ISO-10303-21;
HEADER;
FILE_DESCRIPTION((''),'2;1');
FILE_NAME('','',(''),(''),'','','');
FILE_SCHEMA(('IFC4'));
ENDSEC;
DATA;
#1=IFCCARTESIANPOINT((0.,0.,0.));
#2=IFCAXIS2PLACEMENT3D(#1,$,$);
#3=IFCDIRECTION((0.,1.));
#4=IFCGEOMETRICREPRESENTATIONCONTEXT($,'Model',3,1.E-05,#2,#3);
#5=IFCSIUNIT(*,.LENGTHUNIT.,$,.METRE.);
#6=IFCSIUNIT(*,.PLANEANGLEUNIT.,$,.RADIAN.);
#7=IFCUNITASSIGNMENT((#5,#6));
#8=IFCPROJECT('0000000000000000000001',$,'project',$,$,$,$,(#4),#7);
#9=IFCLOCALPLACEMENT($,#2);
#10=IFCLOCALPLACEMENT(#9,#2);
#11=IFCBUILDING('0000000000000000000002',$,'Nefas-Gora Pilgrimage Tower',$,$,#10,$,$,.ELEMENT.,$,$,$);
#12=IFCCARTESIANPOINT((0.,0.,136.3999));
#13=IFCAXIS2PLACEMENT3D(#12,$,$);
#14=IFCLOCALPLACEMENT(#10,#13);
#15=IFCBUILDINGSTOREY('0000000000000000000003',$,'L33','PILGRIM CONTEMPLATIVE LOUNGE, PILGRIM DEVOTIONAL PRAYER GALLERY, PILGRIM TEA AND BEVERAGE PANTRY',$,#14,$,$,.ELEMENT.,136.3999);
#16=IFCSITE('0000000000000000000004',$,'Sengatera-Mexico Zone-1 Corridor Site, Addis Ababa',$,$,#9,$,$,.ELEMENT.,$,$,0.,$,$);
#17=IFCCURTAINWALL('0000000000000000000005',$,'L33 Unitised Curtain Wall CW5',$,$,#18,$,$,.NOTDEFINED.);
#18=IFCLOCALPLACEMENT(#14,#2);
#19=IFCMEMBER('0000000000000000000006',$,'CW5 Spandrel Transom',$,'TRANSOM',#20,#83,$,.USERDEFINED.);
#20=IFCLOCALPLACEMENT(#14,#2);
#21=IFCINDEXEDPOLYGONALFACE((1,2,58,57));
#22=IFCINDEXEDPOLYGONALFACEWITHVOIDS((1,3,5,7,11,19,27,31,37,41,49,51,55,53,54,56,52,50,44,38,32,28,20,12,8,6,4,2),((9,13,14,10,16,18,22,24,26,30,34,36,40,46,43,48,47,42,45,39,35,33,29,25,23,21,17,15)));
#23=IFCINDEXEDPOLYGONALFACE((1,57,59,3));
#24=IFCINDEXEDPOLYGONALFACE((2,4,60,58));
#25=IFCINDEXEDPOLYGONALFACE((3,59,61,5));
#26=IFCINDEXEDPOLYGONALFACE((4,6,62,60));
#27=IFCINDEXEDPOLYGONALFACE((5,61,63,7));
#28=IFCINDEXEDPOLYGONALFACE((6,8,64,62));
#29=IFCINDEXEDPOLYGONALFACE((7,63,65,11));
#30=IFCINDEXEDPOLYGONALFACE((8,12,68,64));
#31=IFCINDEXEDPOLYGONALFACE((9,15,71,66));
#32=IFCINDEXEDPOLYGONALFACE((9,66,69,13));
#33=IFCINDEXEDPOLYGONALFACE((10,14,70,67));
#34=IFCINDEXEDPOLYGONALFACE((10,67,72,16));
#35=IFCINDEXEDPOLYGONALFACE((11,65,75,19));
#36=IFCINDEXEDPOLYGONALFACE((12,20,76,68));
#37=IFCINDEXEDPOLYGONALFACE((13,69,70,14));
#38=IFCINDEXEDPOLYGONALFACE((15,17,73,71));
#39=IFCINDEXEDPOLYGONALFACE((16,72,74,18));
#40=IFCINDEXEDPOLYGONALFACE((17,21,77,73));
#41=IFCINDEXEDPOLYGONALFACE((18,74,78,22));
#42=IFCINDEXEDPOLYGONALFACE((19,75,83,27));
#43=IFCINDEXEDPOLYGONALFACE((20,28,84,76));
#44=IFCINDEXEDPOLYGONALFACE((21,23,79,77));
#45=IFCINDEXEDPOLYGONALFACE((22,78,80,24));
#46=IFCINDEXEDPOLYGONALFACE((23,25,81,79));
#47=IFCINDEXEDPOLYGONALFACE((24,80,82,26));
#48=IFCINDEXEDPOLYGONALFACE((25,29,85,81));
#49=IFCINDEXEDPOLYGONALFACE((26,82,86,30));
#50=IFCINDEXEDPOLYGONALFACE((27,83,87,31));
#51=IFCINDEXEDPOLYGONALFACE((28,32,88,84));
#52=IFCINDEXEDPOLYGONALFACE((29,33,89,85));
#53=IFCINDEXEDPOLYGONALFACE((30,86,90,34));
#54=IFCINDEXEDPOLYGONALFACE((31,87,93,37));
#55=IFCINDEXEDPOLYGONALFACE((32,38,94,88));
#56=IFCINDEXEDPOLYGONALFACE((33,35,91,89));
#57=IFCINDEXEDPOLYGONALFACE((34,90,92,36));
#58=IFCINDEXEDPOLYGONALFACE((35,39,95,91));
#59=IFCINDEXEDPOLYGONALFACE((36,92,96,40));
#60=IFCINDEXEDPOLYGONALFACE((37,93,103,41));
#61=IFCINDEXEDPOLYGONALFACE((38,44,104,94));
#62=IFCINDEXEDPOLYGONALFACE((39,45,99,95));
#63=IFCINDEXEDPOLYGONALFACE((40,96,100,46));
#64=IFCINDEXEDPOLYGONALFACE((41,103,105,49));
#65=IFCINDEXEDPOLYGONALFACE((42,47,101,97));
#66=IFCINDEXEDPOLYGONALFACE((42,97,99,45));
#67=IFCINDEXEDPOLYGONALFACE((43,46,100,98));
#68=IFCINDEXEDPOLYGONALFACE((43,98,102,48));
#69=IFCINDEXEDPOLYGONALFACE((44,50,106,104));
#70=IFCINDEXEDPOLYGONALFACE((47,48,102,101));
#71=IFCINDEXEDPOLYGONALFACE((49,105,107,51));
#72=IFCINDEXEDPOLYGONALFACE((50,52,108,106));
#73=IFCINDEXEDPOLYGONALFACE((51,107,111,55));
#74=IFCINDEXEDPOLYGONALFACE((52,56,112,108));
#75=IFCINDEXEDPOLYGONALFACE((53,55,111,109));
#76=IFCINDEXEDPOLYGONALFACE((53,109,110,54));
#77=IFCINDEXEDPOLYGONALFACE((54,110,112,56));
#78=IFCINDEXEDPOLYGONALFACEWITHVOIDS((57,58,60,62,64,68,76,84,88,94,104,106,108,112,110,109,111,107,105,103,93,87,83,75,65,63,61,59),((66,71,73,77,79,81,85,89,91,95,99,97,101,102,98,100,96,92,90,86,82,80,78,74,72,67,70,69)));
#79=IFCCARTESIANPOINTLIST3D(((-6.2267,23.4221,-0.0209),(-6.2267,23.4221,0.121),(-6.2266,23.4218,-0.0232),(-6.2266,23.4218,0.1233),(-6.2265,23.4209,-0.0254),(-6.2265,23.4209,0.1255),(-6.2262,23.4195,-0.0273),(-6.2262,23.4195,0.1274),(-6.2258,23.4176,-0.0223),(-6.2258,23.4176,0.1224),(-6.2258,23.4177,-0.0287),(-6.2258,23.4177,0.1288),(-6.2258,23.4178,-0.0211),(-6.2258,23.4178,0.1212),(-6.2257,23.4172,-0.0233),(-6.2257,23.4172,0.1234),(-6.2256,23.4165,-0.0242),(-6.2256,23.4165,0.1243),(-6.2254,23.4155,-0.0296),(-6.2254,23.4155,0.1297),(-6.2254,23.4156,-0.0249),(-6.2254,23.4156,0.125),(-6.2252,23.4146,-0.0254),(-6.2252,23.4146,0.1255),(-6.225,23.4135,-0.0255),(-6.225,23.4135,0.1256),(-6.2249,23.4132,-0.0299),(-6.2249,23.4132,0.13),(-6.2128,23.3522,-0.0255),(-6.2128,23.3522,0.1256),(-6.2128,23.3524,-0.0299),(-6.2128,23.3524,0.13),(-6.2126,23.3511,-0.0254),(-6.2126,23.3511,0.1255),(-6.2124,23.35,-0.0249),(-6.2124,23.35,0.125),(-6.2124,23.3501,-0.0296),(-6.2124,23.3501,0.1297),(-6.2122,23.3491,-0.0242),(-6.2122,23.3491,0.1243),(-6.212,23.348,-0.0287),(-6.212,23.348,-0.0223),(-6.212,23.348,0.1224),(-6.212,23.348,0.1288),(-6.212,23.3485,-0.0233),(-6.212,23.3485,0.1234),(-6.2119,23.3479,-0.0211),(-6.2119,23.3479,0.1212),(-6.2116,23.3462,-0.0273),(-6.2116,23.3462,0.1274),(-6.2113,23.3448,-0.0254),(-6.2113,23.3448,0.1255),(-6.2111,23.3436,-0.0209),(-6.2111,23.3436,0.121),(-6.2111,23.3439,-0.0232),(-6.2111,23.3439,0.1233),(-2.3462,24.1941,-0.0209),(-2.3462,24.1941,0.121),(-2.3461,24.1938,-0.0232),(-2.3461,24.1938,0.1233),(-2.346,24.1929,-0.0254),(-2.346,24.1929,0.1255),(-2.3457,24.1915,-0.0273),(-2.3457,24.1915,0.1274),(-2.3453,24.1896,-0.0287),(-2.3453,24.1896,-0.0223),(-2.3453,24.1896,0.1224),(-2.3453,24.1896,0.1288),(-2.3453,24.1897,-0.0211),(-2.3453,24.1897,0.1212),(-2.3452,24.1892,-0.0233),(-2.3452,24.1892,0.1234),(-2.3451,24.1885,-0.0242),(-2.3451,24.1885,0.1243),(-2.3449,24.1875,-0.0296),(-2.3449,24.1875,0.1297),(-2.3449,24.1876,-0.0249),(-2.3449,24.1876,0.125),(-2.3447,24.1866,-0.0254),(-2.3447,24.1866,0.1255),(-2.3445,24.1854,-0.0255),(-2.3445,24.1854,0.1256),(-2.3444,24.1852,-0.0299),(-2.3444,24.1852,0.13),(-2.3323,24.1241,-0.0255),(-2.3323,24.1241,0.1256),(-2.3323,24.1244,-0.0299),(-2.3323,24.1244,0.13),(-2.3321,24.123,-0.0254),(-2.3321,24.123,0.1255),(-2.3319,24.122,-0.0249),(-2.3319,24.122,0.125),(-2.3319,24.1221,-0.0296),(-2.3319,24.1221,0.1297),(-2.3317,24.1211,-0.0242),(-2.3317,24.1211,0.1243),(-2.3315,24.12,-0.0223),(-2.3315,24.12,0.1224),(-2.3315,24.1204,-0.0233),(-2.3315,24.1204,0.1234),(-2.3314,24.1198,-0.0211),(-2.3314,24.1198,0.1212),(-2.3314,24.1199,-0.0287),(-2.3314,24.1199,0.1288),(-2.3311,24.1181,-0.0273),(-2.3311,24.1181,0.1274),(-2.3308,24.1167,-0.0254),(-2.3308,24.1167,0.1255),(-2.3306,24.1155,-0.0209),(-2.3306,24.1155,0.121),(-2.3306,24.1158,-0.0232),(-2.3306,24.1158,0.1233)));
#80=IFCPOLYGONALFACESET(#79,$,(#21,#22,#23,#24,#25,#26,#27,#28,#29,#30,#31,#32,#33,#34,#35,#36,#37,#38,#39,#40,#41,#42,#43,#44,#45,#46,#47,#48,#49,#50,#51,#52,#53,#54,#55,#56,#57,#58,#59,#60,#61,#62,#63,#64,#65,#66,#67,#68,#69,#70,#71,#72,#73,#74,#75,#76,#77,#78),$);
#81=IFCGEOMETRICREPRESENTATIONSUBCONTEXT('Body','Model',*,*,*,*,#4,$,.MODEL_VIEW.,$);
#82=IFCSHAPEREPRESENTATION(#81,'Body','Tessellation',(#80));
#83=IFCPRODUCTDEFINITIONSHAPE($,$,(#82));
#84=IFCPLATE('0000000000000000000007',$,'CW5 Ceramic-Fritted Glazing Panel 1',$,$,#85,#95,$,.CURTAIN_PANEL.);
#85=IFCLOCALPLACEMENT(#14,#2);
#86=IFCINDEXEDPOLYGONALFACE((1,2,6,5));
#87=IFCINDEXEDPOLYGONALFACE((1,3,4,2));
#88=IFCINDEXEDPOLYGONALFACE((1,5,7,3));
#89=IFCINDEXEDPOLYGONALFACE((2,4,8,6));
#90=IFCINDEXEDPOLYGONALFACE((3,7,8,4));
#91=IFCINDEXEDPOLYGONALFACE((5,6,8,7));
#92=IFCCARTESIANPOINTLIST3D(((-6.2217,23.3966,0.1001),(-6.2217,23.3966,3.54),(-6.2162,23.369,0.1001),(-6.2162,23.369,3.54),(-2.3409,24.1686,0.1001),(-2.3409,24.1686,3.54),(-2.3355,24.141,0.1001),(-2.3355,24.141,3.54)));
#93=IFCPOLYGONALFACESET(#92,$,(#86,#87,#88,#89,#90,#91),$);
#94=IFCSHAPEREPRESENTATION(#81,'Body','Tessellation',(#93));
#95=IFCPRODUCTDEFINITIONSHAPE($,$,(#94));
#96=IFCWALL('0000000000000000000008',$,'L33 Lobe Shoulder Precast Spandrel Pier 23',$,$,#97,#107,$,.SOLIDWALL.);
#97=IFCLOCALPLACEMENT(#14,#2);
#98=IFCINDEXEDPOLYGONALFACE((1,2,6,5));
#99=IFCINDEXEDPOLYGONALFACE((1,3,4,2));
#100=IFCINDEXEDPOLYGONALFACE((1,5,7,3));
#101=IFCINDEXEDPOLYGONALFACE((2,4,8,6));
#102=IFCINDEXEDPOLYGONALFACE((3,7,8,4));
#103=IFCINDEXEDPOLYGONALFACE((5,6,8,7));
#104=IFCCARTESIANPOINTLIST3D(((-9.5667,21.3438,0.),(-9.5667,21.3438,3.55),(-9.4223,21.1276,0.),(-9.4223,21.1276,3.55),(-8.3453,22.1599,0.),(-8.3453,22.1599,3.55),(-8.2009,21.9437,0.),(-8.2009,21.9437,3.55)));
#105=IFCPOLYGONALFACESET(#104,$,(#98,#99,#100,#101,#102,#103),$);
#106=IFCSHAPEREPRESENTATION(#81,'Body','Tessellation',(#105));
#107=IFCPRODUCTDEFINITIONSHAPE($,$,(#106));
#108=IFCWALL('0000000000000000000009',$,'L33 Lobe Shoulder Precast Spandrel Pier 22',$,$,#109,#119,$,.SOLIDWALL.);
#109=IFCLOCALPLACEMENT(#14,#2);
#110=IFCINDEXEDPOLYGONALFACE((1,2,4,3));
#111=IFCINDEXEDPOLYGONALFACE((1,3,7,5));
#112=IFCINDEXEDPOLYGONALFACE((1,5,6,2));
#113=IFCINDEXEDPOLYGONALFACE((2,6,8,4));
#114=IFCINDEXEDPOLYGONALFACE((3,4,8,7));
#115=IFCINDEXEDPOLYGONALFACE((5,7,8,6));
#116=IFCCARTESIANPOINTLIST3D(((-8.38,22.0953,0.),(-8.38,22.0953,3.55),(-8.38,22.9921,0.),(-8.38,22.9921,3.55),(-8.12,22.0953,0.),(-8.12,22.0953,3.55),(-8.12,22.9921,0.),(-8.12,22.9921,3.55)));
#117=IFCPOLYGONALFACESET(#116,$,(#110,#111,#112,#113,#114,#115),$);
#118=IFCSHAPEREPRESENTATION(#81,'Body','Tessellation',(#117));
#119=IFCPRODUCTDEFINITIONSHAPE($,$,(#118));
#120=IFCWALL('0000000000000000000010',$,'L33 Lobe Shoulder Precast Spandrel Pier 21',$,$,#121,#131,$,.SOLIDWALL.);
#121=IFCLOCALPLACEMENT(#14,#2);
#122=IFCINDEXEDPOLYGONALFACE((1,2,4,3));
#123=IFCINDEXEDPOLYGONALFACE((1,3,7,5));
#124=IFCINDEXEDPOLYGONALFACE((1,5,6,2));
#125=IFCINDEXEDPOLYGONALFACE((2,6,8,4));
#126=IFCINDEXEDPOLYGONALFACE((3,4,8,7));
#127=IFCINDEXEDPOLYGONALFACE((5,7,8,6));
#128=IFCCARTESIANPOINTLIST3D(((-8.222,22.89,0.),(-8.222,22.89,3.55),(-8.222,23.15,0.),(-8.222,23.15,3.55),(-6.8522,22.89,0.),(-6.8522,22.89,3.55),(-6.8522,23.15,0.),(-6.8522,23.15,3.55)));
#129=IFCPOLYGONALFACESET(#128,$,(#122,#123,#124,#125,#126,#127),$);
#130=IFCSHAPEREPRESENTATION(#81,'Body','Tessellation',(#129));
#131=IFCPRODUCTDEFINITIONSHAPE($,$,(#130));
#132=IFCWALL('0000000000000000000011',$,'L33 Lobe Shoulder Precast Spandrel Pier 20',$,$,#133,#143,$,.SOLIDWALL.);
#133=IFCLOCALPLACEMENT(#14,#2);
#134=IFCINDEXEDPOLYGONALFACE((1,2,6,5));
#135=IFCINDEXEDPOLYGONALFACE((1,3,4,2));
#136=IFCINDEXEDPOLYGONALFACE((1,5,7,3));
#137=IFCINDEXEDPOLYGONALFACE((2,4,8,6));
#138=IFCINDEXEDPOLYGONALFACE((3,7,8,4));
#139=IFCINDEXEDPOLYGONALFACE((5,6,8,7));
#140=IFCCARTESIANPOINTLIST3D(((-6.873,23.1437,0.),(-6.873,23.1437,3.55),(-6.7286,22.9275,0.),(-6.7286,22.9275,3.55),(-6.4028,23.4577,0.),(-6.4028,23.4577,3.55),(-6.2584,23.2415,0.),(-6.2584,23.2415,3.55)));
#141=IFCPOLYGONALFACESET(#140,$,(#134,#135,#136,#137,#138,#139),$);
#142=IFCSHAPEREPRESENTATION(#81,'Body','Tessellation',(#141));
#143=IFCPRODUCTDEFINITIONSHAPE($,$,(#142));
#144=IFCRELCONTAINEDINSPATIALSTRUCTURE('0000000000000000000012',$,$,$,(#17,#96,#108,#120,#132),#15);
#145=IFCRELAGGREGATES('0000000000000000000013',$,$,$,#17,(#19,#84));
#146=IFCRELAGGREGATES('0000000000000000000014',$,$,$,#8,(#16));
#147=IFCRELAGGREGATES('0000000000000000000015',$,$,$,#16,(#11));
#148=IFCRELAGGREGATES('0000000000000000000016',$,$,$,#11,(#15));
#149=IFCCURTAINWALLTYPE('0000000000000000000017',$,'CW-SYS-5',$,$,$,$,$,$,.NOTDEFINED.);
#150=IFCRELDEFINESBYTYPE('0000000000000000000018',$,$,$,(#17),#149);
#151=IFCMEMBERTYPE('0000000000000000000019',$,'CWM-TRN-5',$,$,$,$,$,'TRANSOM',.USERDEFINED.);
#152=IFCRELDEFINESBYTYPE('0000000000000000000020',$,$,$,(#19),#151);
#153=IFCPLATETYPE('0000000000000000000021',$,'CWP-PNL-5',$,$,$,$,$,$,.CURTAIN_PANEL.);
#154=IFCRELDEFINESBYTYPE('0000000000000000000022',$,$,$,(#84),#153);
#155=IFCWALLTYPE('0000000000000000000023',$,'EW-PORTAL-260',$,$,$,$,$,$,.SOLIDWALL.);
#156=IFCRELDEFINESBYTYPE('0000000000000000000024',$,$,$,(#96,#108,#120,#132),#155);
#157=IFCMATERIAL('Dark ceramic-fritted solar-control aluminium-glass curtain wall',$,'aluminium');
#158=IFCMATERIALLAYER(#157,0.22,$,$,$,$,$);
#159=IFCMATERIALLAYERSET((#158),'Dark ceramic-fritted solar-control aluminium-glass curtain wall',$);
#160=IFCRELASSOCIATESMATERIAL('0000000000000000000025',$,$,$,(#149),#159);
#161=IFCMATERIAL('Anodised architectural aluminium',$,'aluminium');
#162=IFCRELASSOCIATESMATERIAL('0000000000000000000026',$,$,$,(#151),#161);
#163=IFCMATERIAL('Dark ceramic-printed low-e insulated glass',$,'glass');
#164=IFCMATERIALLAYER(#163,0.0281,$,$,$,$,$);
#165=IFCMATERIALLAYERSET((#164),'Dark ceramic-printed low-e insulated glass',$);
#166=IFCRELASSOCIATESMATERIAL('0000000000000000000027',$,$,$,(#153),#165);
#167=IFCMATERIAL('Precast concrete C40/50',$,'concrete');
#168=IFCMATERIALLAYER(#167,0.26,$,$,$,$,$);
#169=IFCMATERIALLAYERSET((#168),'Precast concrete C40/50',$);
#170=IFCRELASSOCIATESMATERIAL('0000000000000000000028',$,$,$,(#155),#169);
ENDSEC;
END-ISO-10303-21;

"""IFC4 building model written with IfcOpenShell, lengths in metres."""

from ifc_helpers import new_model, si_unit, direction, frame, frame_2d, origin, origin_2d, place, context, subcontext, project, spatial, rectangle, hollow_rectangle, extrude, source, transform, mapped, material, layer, layer_set, material_profile, profile_set, type_object, element, aggregate, save


model = new_model("IFC4")

# Units and contexts
model_context = context("Model", 3, precision=1e-05, world=origin(), true_north=direction((0.0, 1.0)))
body_context = subcontext(model_context, "Body", "Model", "MODEL_VIEW")
ifc_project = project(units=[si_unit("LENGTHUNIT", "METRE"), si_unit("PLANEANGLEUNIT", "RADIAN")], contexts=[model_context])

# Site, building, storey
site_placement = place(None, origin())
site = spatial("IfcSite", under=ifc_project, at=site_placement, Name="Sengatera-Mexico Zone-1 Corridor Site, Addis Ababa", CompositionType="ELEMENT", RefElevation=0.0)
building_placement = place(site_placement, origin())
building = spatial("IfcBuilding", under=site, at=building_placement, Name="Nefas-Gora Pilgrimage Tower", CompositionType="ELEMENT")
storey_placement = place(building_placement, frame((0.0, 0.0, 136.3999)))
storey = spatial("IfcBuildingStorey", under=building, at=storey_placement, Name="L33", Description="PILGRIM CONTEMPLATIVE LOUNGE, PILGRIM DEVOTIONAL PRAYER GALLERY, PILGRIM TEA AND BEVERAGE PANTRY", CompositionType="ELEMENT", Elevation=136.3999)

# Curtain wall
ifc_material_1 = material(Name="Dark ceramic-fritted solar-control aluminium-glass curtain wall", Category="aluminium")
ifc_layer_1 = layer(ifc_material_1, 0.22)
ifc_layer_set_1 = layer_set([ifc_layer_1], Name="Dark ceramic-fritted solar-control aluminium-glass curtain wall")
curtain_wall_type = type_object("IfcCurtainWallType", Name="CW-SYS-5", PredefinedType="NOTDEFINED", material=ifc_layer_set_1)
curtain_wall_1_placement = place(storey_placement, origin())
curtain_wall_1 = element("IfcCurtainWall", 1, at=curtain_wall_1_placement, inside=storey, type_object=curtain_wall_type, Name="L33 Unitised Curtain Wall CW5", PredefinedType="NOTDEFINED")
ifc_material_2 = material(Name="Anodised architectural aluminium", Category="aluminium")
ifc_material_profile_1 = material_profile(ifc_material_2, hollow_rectangle(XDim=0.0801, YDim=0.1599, WallThickness=0.0044, InnerFilletRadius=0.0044, OuterFilletRadius=0.009, at=origin_2d()), Name="ALU TRANSOM 80x160")
ifc_profile_set_1 = profile_set([ifc_material_profile_1], Name="Anodised architectural aluminium")
member_type_1 = type_object("IfcMemberType", Name="CWM-TRN-5", ElementType="TRANSOM", PredefinedType="USERDEFINED", material=ifc_profile_set_1)

# Member
shared_shape_1 = source(origin(), body_context, "Body", "SweptSolid", [
    extrude(hollow_rectangle(XDim=0.0801, YDim=0.1599, WallThickness=0.0044, InnerFilletRadius=0.0044, OuterFilletRadius=0.009, at=origin_2d()), origin(), (0.0, 0.0, 1.0), 3.9565),
])
member_1_placement = place(storey_placement, frame((-2.3384, 24.1548, 0.05), z_axis=(-0.980782, -0.195107, 0.0), x_axis=(0.195107, -0.980782, 0.0)))
member_1 = element("IfcMember", 2, at=member_1_placement, type_object=member_type_1, Name="CW5 Spandrel Transom", ObjectType="TRANSOM", PredefinedType="USERDEFINED", context=body_context, shape_type="MappedRepresentation", body=[
    mapped(shared_shape_1, transform((0.0, 0.0, 0.0), x_axis=(1.0, 0.0, 0.0), y_axis=(0.0, 1.0, 0.0), z_axis=(0.0, 0.0, 1.0), scale=1.0)),
])

# Plate
ifc_material_3 = material(Name="Dark ceramic-printed low-e insulated glass", Category="glass")
ifc_layer_2 = layer(ifc_material_3, 0.0281)
ifc_layer_set_2 = layer_set([ifc_layer_2], Name="Dark ceramic-printed low-e insulated glass")
plate_type = type_object("IfcPlateType", Name="CWP-PNL-5", PredefinedType="CURTAIN_PANEL", material=ifc_layer_set_2)
shared_shape_2 = source(origin(), body_context, "Body", "SweptSolid", [
    extrude(rectangle(XDim=3.9568, YDim=0.0281, at=origin_2d()), origin(), (0.0, 0.0, 1.0), 3.4399),
])
plate_placement = place(storey_placement, frame((-4.2786, 23.7688, 0.1001), z_axis=(0.0, 0.0, 1.0), x_axis=(-0.980783, -0.195102, 0.0)))
plate = element("IfcPlate", 3, at=plate_placement, type_object=plate_type, Name="CW5 Ceramic-Fritted Glazing Panel 1", PredefinedType="CURTAIN_PANEL", context=body_context, shape_type="MappedRepresentation", body=[
    mapped(shared_shape_2, transform((0.0, 0.0, 0.0), x_axis=(1.0, 0.0, 0.0), y_axis=(0.0, 1.0, 0.0), z_axis=(0.0, 0.0, 1.0), scale=1.0)),
])
aggregate(curtain_wall_1, [member_1, plate])

# Walls
ifc_material_4 = material(Name="Precast concrete C40/50", Category="concrete")
ifc_layer_3 = layer(ifc_material_4, 0.26)
ifc_layer_set_3 = layer_set([ifc_layer_3], Name="Precast concrete C40/50")
wall_type = type_object("IfcWallType", Name="EW-PORTAL-260", PredefinedType="SOLIDWALL", material=ifc_layer_set_3)
shared_shape_3 = source(origin(), body_context, "Body", "SweptSolid", [
    extrude(rectangle(XDim=1.469, YDim=0.26, at=frame_2d((0.7344, 0.0))), origin(), (0.0, 0.0, 1.0), 3.55),
])
wall_1_placement = place(storey_placement, frame((-8.2732, 22.0518, 0.0), z_axis=(0.0, 0.0, 1.0), x_axis=(-0.831462, -0.555582, 0.0)))
element("IfcWall", 4, at=wall_1_placement, inside=storey, type_object=wall_type, Name="L33 Lobe Shoulder Precast Spandrel Pier 23", PredefinedType="SOLIDWALL", context=body_context, shape_type="MappedRepresentation", body=[
    mapped(shared_shape_3, transform((0.0, 0.0, 0.0), x_axis=(1.0, 0.0, 0.0), y_axis=(0.0, 1.0, 0.0), z_axis=(0.0, 0.0, 1.0), scale=1.0)),
])
shared_shape_4 = source(origin(), body_context, "Body", "SweptSolid", [
    extrude(rectangle(XDim=0.8967, YDim=0.26, at=frame_2d((0.4482, 0.0))), origin(), (0.0, 0.0, 1.0), 3.55),
])
wall_2_placement = place(storey_placement, frame((-8.25, 22.9919, 0.0), z_axis=(0.0, 0.0, 1.0), x_axis=(0.0, -1.0, 0.0)))
element("IfcWall", 5, at=wall_2_placement, inside=storey, type_object=wall_type, Name="L33 Lobe Shoulder Precast Spandrel Pier 22", PredefinedType="SOLIDWALL", context=body_context, shape_type="MappedRepresentation", body=[
    mapped(shared_shape_4, transform((0.0, 0.0, 0.0), x_axis=(1.0, 0.0, 0.0), y_axis=(0.0, 1.0, 0.0), z_axis=(0.0, 0.0, 1.0), scale=1.0)),
])
shared_shape_5 = source(origin(), body_context, "Body", "SweptSolid", [
    extrude(rectangle(XDim=1.3699, YDim=0.26, at=frame_2d((0.6851, 0.0))), origin(), (0.0, 0.0, 1.0), 3.55),
])
wall_3_placement = place(storey_placement, frame((-6.8521, 23.02, 0.0), z_axis=(0.0, 0.0, 1.0), x_axis=(-1.0, 0.0, 0.0)))
element("IfcWall", 6, at=wall_3_placement, inside=storey, type_object=wall_type, Name="L33 Lobe Shoulder Precast Spandrel Pier 21", PredefinedType="SOLIDWALL", context=body_context, shape_type="MappedRepresentation", body=[
    mapped(shared_shape_5, transform((0.0, 0.0, 0.0), x_axis=(1.0, 0.0, 0.0), y_axis=(0.0, 1.0, 0.0), z_axis=(0.0, 0.0, 1.0), scale=1.0)),
])
shared_shape_6 = source(origin(), body_context, "Body", "SweptSolid", [
    extrude(rectangle(XDim=0.5654, YDim=0.26, at=frame_2d((0.2827, 0.0))), origin(), (0.0, 0.0, 1.0), 3.55),
])
wall_4_placement = place(storey_placement, frame((-6.3306, 23.3496, 0.0), z_axis=(0.0, 0.0, 1.0), x_axis=(-0.831651, -0.555298, 0.0)))
element("IfcWall", 7, at=wall_4_placement, inside=storey, type_object=wall_type, Name="L33 Lobe Shoulder Precast Spandrel Pier 20", PredefinedType="SOLIDWALL", context=body_context, shape_type="MappedRepresentation", body=[
    mapped(shared_shape_6, transform((0.0, 0.0, 0.0), x_axis=(1.0, 0.0, 0.0), y_axis=(0.0, 1.0, 0.0), z_axis=(0.0, 0.0, 1.0), scale=1.0)),
])

save(model, "model.ifc")
